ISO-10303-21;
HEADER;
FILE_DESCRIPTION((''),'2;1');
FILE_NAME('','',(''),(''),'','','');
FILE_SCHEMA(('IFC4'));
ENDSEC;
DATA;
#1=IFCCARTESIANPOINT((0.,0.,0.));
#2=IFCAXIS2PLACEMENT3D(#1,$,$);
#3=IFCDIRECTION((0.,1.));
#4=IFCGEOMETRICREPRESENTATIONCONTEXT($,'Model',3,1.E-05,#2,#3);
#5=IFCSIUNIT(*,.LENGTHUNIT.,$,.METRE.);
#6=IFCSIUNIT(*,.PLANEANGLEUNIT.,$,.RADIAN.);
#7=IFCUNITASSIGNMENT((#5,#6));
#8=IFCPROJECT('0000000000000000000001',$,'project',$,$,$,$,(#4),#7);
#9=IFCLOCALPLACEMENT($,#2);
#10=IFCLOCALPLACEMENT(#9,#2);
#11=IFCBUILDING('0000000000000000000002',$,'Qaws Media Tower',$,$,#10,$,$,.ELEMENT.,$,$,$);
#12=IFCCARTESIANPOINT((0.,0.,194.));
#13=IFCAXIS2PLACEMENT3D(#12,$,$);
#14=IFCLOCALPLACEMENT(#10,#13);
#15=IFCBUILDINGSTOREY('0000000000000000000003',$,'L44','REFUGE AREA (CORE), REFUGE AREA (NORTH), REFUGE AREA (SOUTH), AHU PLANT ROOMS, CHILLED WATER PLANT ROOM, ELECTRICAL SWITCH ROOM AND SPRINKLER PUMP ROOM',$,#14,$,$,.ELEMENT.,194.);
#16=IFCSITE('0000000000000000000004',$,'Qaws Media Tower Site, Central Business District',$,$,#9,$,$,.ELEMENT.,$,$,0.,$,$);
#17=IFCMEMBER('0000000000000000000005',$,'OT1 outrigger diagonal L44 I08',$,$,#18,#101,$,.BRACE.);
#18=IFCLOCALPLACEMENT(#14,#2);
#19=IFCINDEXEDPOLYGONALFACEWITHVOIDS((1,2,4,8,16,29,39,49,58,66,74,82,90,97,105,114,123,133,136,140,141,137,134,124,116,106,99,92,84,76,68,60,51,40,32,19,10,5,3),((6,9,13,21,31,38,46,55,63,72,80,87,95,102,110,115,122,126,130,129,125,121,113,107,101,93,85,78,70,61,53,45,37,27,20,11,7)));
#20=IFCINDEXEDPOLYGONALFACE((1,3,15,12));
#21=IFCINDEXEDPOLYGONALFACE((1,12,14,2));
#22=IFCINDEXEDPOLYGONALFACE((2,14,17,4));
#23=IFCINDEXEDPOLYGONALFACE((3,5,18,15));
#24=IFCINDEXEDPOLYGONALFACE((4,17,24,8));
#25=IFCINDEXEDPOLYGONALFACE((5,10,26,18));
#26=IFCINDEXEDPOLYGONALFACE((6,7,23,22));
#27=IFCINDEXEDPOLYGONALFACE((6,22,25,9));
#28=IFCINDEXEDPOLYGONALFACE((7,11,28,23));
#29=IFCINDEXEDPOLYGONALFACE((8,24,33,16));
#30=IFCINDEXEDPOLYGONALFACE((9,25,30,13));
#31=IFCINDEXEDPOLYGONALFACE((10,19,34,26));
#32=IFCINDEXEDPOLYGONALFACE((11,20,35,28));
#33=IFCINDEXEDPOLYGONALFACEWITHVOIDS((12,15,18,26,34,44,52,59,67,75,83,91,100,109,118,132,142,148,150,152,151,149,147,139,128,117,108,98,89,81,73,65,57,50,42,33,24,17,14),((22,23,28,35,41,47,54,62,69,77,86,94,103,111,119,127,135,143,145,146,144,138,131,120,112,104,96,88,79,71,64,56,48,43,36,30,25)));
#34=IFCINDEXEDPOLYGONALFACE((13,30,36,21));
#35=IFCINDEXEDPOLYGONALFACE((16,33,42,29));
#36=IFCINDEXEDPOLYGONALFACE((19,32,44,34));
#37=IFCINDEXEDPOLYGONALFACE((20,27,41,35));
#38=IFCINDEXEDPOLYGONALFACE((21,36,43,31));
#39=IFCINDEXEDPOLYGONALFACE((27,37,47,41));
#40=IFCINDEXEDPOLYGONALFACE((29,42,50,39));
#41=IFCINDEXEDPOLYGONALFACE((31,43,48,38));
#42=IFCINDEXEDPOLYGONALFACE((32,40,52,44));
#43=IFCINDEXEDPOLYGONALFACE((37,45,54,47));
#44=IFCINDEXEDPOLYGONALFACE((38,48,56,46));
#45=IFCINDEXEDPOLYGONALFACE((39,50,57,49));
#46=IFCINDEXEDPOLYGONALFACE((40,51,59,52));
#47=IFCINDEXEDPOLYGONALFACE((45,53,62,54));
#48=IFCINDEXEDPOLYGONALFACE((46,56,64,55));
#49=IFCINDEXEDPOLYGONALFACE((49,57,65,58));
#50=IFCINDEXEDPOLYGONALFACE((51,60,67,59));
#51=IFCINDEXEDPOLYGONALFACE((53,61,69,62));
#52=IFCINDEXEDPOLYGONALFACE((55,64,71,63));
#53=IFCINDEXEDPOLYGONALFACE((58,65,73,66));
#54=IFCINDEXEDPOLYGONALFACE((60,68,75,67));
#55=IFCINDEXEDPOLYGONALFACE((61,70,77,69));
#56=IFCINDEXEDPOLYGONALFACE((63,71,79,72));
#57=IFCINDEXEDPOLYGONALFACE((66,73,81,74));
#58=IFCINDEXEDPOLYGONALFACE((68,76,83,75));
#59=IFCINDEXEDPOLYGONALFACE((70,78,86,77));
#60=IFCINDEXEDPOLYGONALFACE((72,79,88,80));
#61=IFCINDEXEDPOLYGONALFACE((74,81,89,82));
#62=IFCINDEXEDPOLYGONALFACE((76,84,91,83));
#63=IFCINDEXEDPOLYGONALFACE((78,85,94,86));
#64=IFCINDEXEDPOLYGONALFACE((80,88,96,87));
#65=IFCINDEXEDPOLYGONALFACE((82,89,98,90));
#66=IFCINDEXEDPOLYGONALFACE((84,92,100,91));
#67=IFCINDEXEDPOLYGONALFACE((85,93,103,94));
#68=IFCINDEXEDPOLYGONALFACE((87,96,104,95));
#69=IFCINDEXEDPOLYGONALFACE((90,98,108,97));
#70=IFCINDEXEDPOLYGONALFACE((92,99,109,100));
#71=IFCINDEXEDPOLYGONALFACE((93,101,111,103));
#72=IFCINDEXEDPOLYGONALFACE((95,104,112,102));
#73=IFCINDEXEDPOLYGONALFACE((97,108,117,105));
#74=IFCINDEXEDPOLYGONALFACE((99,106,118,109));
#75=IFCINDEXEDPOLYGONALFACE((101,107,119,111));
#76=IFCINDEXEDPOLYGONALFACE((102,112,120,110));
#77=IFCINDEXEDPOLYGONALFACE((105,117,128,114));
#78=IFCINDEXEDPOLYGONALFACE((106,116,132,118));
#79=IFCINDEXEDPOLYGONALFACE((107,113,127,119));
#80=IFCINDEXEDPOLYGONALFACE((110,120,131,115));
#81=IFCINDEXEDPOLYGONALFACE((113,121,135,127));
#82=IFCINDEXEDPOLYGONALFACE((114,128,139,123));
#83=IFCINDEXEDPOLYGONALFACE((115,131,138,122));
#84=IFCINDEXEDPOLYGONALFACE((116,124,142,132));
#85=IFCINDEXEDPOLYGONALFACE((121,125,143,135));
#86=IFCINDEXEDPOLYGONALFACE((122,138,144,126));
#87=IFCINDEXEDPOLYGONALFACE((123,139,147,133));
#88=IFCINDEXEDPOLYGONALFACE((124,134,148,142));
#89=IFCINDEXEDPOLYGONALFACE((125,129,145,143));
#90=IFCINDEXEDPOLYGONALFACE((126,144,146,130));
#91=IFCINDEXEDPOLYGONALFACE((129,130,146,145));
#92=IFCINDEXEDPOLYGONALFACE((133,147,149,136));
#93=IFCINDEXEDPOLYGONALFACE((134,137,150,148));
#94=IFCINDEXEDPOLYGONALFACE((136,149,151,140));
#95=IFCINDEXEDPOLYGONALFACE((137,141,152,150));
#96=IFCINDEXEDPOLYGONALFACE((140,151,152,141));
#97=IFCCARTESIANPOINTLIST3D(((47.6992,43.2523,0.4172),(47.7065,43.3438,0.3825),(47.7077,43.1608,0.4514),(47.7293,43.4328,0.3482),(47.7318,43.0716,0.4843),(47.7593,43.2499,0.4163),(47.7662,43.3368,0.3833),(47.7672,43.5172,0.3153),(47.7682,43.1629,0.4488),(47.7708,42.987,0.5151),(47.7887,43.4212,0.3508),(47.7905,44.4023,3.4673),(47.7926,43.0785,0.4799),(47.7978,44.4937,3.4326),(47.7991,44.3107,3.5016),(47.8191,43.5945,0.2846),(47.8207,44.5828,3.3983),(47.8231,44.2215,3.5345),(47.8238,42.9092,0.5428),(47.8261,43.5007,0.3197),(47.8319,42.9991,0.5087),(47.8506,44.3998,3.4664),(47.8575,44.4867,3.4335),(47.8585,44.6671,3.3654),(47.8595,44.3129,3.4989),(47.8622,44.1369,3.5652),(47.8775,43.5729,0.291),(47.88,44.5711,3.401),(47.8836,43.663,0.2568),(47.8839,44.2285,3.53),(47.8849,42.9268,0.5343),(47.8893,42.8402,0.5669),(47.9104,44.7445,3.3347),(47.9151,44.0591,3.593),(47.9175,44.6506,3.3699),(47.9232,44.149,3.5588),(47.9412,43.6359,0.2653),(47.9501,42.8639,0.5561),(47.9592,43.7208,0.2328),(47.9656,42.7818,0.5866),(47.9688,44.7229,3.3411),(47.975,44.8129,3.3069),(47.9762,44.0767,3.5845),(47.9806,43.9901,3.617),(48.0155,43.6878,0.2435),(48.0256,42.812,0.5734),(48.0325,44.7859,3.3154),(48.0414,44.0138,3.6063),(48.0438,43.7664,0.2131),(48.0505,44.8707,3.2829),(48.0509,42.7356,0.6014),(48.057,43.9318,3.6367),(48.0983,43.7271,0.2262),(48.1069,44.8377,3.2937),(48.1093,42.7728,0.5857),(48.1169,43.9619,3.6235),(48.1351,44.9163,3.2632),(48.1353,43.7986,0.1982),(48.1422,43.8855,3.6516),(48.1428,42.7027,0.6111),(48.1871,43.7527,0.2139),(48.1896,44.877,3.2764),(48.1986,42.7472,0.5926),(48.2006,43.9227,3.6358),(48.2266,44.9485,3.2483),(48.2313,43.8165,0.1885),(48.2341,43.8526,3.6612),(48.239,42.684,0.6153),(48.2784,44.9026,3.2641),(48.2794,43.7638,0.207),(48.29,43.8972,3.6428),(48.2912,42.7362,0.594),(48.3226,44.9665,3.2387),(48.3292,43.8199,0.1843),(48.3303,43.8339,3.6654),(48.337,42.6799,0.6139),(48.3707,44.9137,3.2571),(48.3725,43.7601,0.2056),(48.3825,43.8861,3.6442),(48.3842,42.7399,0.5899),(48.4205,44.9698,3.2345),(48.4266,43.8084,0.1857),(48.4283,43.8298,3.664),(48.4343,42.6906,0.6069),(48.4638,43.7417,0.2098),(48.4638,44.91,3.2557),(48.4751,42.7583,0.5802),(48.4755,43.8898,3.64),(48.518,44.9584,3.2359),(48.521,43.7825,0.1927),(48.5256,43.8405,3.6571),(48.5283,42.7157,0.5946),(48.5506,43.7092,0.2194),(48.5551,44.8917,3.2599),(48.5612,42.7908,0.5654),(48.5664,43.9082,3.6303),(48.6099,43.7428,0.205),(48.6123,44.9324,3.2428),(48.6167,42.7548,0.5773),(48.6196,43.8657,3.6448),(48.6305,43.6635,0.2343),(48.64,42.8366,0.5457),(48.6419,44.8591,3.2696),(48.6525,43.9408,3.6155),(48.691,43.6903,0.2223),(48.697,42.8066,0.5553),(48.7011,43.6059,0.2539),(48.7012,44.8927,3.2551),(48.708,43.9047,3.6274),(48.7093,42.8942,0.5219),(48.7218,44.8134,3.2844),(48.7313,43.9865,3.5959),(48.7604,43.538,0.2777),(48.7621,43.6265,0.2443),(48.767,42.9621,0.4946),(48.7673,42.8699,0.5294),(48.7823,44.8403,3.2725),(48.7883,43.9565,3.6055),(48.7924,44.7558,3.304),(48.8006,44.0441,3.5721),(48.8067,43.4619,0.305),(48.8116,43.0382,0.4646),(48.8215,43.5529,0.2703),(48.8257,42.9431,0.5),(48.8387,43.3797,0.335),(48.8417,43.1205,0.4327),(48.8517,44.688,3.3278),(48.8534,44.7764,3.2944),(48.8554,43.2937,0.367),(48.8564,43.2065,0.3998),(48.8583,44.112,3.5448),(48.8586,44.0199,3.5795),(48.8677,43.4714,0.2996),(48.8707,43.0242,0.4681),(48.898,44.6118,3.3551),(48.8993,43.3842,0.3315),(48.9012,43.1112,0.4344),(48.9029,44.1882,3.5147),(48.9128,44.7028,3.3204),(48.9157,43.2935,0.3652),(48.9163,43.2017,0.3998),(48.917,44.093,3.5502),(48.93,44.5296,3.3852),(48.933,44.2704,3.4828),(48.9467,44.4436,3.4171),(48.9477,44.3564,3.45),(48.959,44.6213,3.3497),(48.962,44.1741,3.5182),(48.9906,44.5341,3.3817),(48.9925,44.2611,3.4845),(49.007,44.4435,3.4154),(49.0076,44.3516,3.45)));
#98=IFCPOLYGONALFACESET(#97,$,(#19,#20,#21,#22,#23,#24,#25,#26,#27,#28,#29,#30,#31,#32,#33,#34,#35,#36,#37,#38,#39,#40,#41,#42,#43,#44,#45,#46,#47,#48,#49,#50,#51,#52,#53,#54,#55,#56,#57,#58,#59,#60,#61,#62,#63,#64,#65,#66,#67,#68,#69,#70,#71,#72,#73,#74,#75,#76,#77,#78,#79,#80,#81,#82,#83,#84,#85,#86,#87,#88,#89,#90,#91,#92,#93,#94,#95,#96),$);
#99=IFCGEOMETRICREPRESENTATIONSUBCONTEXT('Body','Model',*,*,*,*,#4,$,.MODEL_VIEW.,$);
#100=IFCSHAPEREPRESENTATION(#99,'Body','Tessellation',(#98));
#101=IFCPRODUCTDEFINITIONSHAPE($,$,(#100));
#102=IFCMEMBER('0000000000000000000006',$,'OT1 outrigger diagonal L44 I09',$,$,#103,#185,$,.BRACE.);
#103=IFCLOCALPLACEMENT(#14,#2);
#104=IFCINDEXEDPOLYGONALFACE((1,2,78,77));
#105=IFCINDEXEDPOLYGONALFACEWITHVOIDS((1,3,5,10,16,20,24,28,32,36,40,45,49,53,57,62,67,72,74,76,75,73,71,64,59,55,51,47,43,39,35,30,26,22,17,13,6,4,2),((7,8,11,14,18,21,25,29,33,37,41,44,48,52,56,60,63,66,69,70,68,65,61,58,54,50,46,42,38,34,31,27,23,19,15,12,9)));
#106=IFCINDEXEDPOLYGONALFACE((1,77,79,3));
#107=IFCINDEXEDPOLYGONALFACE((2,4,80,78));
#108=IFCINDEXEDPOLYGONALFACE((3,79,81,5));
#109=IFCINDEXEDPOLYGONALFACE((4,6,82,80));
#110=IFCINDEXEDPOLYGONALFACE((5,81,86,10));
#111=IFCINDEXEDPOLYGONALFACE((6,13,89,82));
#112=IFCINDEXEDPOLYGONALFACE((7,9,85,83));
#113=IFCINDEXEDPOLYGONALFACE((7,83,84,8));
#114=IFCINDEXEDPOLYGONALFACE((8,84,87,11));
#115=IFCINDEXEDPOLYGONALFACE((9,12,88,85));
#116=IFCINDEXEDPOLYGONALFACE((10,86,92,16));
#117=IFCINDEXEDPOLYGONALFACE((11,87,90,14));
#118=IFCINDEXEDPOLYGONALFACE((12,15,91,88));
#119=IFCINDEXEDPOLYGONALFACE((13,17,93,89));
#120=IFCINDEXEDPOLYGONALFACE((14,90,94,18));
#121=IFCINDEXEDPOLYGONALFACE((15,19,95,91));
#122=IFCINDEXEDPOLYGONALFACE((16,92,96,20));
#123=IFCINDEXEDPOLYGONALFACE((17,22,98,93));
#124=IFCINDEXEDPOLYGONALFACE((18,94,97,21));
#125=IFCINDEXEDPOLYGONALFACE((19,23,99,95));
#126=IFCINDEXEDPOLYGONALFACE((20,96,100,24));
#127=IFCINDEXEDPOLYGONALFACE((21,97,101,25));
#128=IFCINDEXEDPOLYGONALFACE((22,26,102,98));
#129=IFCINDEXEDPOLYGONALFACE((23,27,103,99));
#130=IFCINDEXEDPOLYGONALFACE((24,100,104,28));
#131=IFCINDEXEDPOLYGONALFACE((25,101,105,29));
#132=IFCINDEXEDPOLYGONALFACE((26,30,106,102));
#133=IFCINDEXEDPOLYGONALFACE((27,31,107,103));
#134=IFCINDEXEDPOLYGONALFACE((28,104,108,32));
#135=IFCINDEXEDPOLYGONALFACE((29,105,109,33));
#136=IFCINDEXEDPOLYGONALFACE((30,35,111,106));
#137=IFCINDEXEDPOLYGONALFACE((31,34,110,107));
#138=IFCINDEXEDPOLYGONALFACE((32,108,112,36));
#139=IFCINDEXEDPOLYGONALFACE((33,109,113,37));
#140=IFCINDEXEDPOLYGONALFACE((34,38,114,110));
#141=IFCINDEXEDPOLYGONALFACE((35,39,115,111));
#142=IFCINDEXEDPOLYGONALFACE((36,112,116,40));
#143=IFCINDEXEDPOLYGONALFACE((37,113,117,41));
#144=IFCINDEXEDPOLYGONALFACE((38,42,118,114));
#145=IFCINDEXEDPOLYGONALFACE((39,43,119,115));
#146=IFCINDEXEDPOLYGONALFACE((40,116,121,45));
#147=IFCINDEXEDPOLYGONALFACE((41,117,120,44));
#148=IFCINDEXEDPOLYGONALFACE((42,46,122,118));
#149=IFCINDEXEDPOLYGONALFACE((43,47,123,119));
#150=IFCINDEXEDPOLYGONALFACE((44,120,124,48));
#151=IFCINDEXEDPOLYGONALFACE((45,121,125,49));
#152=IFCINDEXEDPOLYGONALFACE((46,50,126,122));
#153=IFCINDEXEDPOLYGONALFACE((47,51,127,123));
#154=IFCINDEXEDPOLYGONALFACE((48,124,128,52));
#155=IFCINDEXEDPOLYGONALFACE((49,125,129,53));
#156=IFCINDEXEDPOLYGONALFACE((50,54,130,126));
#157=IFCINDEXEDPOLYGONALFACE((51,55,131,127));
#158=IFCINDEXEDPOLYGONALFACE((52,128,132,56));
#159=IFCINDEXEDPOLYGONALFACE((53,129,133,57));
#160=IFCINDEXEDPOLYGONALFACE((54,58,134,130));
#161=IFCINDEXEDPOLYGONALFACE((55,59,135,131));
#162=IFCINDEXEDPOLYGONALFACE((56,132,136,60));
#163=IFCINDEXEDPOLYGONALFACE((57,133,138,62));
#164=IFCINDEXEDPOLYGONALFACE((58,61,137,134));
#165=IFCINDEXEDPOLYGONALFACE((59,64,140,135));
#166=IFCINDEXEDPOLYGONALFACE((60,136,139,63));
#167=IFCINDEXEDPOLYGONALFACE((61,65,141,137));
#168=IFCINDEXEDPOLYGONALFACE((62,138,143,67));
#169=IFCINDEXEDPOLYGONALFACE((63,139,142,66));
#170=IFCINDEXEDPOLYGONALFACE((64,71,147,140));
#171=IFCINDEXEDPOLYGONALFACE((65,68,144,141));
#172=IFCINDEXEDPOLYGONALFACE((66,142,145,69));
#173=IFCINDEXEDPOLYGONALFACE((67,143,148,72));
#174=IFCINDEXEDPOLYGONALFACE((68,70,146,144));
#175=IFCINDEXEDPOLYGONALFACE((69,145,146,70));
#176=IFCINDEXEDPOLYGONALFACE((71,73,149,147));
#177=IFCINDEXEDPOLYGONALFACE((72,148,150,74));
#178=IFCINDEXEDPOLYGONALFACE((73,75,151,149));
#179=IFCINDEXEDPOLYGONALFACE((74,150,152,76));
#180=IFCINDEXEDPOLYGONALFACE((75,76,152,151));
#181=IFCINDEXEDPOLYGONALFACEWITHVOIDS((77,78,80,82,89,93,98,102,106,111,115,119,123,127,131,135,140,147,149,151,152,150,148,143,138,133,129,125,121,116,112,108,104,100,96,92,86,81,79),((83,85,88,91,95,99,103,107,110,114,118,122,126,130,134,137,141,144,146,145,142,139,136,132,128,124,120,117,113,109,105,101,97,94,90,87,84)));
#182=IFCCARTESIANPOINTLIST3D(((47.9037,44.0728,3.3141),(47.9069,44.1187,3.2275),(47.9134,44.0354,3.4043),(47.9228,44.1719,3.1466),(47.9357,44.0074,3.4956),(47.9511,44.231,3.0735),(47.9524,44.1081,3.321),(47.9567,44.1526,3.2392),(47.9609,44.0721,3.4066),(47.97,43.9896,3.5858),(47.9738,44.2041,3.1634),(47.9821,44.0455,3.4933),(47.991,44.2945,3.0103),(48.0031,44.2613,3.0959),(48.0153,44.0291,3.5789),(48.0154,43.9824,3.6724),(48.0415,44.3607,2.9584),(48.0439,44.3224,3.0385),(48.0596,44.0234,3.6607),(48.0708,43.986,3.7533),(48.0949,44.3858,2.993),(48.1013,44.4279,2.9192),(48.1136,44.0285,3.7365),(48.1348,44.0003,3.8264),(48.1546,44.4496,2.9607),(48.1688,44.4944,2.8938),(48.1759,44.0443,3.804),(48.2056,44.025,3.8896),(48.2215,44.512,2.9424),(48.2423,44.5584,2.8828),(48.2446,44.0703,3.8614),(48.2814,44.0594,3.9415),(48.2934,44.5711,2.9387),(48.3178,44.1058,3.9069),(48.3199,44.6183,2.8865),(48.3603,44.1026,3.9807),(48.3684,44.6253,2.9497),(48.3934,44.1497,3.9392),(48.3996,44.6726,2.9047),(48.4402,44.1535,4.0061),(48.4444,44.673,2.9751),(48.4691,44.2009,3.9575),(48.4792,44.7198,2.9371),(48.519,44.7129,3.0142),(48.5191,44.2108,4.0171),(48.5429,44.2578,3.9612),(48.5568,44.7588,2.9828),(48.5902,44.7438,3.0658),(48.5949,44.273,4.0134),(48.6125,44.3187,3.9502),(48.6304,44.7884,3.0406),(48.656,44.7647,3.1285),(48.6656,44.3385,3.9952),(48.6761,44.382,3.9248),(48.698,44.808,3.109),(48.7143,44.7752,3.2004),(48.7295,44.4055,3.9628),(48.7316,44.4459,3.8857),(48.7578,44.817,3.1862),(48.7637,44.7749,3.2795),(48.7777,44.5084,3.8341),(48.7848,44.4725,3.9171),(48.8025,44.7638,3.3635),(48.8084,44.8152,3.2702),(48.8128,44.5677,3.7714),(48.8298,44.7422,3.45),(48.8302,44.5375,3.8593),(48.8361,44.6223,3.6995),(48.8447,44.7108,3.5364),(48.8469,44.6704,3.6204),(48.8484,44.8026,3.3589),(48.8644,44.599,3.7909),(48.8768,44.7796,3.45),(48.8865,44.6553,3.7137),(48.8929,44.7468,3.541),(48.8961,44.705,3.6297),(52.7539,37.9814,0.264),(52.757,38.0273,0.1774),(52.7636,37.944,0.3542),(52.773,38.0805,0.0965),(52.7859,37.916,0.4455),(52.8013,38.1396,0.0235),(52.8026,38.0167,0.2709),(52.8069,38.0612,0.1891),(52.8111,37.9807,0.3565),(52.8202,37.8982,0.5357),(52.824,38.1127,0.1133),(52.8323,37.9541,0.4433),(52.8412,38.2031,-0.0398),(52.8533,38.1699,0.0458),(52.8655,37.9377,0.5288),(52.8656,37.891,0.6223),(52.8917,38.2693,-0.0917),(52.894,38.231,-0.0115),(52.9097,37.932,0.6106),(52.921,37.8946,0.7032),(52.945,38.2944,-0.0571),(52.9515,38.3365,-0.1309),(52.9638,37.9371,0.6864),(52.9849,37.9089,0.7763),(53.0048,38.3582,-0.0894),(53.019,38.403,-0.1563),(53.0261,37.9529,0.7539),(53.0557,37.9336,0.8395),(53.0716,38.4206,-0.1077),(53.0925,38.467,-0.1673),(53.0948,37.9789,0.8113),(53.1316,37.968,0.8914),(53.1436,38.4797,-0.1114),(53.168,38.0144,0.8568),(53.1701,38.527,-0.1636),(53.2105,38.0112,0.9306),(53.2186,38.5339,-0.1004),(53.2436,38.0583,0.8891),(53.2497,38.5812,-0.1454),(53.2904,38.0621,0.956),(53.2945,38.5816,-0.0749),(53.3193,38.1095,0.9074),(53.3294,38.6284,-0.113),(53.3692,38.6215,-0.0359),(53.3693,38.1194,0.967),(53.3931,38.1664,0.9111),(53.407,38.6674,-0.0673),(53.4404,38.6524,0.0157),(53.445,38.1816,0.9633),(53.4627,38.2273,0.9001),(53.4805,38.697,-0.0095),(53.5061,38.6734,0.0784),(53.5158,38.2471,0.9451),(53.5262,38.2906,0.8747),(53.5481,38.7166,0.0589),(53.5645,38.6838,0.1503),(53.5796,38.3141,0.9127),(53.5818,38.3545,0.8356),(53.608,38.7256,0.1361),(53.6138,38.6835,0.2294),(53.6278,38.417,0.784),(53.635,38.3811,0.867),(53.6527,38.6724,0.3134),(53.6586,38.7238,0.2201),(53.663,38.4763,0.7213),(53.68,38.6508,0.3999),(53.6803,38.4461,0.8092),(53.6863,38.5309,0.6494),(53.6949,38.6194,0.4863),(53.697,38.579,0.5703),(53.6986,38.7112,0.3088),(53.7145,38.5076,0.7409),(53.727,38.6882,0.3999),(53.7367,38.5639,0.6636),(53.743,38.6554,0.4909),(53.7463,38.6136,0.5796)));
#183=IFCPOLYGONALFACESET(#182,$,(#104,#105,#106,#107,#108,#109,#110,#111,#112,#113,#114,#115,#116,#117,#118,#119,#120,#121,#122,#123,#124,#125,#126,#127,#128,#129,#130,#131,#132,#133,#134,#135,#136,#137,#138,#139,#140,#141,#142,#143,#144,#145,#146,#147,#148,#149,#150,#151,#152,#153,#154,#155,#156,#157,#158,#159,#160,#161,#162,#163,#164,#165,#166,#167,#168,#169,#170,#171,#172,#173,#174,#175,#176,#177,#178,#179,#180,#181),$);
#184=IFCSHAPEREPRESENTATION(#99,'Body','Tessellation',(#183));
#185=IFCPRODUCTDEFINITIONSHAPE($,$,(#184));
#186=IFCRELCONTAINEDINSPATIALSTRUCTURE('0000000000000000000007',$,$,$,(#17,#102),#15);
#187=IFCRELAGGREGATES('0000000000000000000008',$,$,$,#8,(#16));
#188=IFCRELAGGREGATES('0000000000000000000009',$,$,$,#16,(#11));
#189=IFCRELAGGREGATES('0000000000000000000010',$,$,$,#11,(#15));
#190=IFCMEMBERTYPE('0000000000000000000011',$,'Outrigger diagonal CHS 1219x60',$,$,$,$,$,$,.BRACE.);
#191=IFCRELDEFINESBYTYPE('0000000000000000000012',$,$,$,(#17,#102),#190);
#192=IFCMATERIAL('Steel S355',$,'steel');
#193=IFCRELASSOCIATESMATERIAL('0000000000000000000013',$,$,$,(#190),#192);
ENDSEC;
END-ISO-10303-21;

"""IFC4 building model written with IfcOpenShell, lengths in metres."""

from ifc_helpers import new_model, si_unit, direction, frame, origin, origin_2d, place, context, subcontext, project, spatial, hollow_circle, extrude, material, material_profile, profile_set, type_object, element, save


model = new_model("IFC4")

# Units and contexts
model_context = context("Model", 3, precision=1e-05, world=origin(), true_north=direction((0.0, 1.0)))
body_context = subcontext(model_context, "Body", "Model", "MODEL_VIEW")
ifc_project = project(units=[si_unit("LENGTHUNIT", "METRE"), si_unit("PLANEANGLEUNIT", "RADIAN")], contexts=[model_context])

# Site, building, storey
site_placement = place(None, origin())
site = spatial("IfcSite", under=ifc_project, at=site_placement, Name="Qaws Media Tower Site, Central Business District", CompositionType="ELEMENT", RefElevation=0.0)
building_placement = place(site_placement, origin())
building = spatial("IfcBuilding", under=site, at=building_placement, Name="Qaws Media Tower", CompositionType="ELEMENT")
storey_placement = place(building_placement, frame((0.0, 0.0, 194.0)))
storey = spatial("IfcBuildingStorey", under=building, at=storey_placement, Name="L44", Description="REFUGE AREA (CORE), REFUGE AREA (NORTH), REFUGE AREA (SOUTH), AHU PLANT ROOMS, CHILLED WATER PLANT ROOM, ELECTRICAL SWITCH ROOM AND SPRINKLER PUMP ROOM", CompositionType="ELEMENT", Elevation=194.0)

# Members
ifc_material_1 = material(Name="Steel S355", Category="steel")
ifc_material_profile_1 = material_profile(ifc_material_1, hollow_circle(Radius=0.6096, WallThickness=0.0601, at=origin_2d()), Name="CHS 1219x60")
ifc_profile_set_1 = profile_set([ifc_material_profile_1], Name="Steel S355")
member_type_1 = type_object("IfcMemberType", Name="Outrigger diagonal CHS 1219x60", PredefinedType="BRACE", material=ifc_profile_set_1)
member_1_placement = place(storey_placement, frame((48.3999, 44.3999, 3.45), z_axis=(-0.028001, -0.352634, -0.935342), x_axis=(0.996862, -0.079156, 0.0)))
element("IfcMember", 1, at=member_1_placement, inside=storey, type_object=member_type_1, Name="OT1 outrigger diagonal L44 I08", PredefinedType="BRACE", context=body_context, shape_type="SweptSolid", body=[
    extrude(hollow_circle(Radius=0.6096, WallThickness=0.0601, at=origin_2d()), origin(), (0.0, 0.0, 1.0), 3.261),
])
member_2_placement = place(storey_placement, frame((48.3999, 44.3999, 3.45), z_axis=(0.579986, -0.728413, -0.364732), x_axis=(0.782304, 0.622896, 0.0)))
element("IfcMember", 2, at=member_2_placement, inside=storey, type_object=member_type_1, Name="OT1 outrigger diagonal L44 I09", PredefinedType="BRACE", context=body_context, shape_type="SweptSolid", body=[
    extrude(hollow_circle(Radius=0.6096, WallThickness=0.0601, at=origin_2d()), origin(), (0.0, 0.0, 1.0), 8.3625),
])

save(model, "model.ifc")
